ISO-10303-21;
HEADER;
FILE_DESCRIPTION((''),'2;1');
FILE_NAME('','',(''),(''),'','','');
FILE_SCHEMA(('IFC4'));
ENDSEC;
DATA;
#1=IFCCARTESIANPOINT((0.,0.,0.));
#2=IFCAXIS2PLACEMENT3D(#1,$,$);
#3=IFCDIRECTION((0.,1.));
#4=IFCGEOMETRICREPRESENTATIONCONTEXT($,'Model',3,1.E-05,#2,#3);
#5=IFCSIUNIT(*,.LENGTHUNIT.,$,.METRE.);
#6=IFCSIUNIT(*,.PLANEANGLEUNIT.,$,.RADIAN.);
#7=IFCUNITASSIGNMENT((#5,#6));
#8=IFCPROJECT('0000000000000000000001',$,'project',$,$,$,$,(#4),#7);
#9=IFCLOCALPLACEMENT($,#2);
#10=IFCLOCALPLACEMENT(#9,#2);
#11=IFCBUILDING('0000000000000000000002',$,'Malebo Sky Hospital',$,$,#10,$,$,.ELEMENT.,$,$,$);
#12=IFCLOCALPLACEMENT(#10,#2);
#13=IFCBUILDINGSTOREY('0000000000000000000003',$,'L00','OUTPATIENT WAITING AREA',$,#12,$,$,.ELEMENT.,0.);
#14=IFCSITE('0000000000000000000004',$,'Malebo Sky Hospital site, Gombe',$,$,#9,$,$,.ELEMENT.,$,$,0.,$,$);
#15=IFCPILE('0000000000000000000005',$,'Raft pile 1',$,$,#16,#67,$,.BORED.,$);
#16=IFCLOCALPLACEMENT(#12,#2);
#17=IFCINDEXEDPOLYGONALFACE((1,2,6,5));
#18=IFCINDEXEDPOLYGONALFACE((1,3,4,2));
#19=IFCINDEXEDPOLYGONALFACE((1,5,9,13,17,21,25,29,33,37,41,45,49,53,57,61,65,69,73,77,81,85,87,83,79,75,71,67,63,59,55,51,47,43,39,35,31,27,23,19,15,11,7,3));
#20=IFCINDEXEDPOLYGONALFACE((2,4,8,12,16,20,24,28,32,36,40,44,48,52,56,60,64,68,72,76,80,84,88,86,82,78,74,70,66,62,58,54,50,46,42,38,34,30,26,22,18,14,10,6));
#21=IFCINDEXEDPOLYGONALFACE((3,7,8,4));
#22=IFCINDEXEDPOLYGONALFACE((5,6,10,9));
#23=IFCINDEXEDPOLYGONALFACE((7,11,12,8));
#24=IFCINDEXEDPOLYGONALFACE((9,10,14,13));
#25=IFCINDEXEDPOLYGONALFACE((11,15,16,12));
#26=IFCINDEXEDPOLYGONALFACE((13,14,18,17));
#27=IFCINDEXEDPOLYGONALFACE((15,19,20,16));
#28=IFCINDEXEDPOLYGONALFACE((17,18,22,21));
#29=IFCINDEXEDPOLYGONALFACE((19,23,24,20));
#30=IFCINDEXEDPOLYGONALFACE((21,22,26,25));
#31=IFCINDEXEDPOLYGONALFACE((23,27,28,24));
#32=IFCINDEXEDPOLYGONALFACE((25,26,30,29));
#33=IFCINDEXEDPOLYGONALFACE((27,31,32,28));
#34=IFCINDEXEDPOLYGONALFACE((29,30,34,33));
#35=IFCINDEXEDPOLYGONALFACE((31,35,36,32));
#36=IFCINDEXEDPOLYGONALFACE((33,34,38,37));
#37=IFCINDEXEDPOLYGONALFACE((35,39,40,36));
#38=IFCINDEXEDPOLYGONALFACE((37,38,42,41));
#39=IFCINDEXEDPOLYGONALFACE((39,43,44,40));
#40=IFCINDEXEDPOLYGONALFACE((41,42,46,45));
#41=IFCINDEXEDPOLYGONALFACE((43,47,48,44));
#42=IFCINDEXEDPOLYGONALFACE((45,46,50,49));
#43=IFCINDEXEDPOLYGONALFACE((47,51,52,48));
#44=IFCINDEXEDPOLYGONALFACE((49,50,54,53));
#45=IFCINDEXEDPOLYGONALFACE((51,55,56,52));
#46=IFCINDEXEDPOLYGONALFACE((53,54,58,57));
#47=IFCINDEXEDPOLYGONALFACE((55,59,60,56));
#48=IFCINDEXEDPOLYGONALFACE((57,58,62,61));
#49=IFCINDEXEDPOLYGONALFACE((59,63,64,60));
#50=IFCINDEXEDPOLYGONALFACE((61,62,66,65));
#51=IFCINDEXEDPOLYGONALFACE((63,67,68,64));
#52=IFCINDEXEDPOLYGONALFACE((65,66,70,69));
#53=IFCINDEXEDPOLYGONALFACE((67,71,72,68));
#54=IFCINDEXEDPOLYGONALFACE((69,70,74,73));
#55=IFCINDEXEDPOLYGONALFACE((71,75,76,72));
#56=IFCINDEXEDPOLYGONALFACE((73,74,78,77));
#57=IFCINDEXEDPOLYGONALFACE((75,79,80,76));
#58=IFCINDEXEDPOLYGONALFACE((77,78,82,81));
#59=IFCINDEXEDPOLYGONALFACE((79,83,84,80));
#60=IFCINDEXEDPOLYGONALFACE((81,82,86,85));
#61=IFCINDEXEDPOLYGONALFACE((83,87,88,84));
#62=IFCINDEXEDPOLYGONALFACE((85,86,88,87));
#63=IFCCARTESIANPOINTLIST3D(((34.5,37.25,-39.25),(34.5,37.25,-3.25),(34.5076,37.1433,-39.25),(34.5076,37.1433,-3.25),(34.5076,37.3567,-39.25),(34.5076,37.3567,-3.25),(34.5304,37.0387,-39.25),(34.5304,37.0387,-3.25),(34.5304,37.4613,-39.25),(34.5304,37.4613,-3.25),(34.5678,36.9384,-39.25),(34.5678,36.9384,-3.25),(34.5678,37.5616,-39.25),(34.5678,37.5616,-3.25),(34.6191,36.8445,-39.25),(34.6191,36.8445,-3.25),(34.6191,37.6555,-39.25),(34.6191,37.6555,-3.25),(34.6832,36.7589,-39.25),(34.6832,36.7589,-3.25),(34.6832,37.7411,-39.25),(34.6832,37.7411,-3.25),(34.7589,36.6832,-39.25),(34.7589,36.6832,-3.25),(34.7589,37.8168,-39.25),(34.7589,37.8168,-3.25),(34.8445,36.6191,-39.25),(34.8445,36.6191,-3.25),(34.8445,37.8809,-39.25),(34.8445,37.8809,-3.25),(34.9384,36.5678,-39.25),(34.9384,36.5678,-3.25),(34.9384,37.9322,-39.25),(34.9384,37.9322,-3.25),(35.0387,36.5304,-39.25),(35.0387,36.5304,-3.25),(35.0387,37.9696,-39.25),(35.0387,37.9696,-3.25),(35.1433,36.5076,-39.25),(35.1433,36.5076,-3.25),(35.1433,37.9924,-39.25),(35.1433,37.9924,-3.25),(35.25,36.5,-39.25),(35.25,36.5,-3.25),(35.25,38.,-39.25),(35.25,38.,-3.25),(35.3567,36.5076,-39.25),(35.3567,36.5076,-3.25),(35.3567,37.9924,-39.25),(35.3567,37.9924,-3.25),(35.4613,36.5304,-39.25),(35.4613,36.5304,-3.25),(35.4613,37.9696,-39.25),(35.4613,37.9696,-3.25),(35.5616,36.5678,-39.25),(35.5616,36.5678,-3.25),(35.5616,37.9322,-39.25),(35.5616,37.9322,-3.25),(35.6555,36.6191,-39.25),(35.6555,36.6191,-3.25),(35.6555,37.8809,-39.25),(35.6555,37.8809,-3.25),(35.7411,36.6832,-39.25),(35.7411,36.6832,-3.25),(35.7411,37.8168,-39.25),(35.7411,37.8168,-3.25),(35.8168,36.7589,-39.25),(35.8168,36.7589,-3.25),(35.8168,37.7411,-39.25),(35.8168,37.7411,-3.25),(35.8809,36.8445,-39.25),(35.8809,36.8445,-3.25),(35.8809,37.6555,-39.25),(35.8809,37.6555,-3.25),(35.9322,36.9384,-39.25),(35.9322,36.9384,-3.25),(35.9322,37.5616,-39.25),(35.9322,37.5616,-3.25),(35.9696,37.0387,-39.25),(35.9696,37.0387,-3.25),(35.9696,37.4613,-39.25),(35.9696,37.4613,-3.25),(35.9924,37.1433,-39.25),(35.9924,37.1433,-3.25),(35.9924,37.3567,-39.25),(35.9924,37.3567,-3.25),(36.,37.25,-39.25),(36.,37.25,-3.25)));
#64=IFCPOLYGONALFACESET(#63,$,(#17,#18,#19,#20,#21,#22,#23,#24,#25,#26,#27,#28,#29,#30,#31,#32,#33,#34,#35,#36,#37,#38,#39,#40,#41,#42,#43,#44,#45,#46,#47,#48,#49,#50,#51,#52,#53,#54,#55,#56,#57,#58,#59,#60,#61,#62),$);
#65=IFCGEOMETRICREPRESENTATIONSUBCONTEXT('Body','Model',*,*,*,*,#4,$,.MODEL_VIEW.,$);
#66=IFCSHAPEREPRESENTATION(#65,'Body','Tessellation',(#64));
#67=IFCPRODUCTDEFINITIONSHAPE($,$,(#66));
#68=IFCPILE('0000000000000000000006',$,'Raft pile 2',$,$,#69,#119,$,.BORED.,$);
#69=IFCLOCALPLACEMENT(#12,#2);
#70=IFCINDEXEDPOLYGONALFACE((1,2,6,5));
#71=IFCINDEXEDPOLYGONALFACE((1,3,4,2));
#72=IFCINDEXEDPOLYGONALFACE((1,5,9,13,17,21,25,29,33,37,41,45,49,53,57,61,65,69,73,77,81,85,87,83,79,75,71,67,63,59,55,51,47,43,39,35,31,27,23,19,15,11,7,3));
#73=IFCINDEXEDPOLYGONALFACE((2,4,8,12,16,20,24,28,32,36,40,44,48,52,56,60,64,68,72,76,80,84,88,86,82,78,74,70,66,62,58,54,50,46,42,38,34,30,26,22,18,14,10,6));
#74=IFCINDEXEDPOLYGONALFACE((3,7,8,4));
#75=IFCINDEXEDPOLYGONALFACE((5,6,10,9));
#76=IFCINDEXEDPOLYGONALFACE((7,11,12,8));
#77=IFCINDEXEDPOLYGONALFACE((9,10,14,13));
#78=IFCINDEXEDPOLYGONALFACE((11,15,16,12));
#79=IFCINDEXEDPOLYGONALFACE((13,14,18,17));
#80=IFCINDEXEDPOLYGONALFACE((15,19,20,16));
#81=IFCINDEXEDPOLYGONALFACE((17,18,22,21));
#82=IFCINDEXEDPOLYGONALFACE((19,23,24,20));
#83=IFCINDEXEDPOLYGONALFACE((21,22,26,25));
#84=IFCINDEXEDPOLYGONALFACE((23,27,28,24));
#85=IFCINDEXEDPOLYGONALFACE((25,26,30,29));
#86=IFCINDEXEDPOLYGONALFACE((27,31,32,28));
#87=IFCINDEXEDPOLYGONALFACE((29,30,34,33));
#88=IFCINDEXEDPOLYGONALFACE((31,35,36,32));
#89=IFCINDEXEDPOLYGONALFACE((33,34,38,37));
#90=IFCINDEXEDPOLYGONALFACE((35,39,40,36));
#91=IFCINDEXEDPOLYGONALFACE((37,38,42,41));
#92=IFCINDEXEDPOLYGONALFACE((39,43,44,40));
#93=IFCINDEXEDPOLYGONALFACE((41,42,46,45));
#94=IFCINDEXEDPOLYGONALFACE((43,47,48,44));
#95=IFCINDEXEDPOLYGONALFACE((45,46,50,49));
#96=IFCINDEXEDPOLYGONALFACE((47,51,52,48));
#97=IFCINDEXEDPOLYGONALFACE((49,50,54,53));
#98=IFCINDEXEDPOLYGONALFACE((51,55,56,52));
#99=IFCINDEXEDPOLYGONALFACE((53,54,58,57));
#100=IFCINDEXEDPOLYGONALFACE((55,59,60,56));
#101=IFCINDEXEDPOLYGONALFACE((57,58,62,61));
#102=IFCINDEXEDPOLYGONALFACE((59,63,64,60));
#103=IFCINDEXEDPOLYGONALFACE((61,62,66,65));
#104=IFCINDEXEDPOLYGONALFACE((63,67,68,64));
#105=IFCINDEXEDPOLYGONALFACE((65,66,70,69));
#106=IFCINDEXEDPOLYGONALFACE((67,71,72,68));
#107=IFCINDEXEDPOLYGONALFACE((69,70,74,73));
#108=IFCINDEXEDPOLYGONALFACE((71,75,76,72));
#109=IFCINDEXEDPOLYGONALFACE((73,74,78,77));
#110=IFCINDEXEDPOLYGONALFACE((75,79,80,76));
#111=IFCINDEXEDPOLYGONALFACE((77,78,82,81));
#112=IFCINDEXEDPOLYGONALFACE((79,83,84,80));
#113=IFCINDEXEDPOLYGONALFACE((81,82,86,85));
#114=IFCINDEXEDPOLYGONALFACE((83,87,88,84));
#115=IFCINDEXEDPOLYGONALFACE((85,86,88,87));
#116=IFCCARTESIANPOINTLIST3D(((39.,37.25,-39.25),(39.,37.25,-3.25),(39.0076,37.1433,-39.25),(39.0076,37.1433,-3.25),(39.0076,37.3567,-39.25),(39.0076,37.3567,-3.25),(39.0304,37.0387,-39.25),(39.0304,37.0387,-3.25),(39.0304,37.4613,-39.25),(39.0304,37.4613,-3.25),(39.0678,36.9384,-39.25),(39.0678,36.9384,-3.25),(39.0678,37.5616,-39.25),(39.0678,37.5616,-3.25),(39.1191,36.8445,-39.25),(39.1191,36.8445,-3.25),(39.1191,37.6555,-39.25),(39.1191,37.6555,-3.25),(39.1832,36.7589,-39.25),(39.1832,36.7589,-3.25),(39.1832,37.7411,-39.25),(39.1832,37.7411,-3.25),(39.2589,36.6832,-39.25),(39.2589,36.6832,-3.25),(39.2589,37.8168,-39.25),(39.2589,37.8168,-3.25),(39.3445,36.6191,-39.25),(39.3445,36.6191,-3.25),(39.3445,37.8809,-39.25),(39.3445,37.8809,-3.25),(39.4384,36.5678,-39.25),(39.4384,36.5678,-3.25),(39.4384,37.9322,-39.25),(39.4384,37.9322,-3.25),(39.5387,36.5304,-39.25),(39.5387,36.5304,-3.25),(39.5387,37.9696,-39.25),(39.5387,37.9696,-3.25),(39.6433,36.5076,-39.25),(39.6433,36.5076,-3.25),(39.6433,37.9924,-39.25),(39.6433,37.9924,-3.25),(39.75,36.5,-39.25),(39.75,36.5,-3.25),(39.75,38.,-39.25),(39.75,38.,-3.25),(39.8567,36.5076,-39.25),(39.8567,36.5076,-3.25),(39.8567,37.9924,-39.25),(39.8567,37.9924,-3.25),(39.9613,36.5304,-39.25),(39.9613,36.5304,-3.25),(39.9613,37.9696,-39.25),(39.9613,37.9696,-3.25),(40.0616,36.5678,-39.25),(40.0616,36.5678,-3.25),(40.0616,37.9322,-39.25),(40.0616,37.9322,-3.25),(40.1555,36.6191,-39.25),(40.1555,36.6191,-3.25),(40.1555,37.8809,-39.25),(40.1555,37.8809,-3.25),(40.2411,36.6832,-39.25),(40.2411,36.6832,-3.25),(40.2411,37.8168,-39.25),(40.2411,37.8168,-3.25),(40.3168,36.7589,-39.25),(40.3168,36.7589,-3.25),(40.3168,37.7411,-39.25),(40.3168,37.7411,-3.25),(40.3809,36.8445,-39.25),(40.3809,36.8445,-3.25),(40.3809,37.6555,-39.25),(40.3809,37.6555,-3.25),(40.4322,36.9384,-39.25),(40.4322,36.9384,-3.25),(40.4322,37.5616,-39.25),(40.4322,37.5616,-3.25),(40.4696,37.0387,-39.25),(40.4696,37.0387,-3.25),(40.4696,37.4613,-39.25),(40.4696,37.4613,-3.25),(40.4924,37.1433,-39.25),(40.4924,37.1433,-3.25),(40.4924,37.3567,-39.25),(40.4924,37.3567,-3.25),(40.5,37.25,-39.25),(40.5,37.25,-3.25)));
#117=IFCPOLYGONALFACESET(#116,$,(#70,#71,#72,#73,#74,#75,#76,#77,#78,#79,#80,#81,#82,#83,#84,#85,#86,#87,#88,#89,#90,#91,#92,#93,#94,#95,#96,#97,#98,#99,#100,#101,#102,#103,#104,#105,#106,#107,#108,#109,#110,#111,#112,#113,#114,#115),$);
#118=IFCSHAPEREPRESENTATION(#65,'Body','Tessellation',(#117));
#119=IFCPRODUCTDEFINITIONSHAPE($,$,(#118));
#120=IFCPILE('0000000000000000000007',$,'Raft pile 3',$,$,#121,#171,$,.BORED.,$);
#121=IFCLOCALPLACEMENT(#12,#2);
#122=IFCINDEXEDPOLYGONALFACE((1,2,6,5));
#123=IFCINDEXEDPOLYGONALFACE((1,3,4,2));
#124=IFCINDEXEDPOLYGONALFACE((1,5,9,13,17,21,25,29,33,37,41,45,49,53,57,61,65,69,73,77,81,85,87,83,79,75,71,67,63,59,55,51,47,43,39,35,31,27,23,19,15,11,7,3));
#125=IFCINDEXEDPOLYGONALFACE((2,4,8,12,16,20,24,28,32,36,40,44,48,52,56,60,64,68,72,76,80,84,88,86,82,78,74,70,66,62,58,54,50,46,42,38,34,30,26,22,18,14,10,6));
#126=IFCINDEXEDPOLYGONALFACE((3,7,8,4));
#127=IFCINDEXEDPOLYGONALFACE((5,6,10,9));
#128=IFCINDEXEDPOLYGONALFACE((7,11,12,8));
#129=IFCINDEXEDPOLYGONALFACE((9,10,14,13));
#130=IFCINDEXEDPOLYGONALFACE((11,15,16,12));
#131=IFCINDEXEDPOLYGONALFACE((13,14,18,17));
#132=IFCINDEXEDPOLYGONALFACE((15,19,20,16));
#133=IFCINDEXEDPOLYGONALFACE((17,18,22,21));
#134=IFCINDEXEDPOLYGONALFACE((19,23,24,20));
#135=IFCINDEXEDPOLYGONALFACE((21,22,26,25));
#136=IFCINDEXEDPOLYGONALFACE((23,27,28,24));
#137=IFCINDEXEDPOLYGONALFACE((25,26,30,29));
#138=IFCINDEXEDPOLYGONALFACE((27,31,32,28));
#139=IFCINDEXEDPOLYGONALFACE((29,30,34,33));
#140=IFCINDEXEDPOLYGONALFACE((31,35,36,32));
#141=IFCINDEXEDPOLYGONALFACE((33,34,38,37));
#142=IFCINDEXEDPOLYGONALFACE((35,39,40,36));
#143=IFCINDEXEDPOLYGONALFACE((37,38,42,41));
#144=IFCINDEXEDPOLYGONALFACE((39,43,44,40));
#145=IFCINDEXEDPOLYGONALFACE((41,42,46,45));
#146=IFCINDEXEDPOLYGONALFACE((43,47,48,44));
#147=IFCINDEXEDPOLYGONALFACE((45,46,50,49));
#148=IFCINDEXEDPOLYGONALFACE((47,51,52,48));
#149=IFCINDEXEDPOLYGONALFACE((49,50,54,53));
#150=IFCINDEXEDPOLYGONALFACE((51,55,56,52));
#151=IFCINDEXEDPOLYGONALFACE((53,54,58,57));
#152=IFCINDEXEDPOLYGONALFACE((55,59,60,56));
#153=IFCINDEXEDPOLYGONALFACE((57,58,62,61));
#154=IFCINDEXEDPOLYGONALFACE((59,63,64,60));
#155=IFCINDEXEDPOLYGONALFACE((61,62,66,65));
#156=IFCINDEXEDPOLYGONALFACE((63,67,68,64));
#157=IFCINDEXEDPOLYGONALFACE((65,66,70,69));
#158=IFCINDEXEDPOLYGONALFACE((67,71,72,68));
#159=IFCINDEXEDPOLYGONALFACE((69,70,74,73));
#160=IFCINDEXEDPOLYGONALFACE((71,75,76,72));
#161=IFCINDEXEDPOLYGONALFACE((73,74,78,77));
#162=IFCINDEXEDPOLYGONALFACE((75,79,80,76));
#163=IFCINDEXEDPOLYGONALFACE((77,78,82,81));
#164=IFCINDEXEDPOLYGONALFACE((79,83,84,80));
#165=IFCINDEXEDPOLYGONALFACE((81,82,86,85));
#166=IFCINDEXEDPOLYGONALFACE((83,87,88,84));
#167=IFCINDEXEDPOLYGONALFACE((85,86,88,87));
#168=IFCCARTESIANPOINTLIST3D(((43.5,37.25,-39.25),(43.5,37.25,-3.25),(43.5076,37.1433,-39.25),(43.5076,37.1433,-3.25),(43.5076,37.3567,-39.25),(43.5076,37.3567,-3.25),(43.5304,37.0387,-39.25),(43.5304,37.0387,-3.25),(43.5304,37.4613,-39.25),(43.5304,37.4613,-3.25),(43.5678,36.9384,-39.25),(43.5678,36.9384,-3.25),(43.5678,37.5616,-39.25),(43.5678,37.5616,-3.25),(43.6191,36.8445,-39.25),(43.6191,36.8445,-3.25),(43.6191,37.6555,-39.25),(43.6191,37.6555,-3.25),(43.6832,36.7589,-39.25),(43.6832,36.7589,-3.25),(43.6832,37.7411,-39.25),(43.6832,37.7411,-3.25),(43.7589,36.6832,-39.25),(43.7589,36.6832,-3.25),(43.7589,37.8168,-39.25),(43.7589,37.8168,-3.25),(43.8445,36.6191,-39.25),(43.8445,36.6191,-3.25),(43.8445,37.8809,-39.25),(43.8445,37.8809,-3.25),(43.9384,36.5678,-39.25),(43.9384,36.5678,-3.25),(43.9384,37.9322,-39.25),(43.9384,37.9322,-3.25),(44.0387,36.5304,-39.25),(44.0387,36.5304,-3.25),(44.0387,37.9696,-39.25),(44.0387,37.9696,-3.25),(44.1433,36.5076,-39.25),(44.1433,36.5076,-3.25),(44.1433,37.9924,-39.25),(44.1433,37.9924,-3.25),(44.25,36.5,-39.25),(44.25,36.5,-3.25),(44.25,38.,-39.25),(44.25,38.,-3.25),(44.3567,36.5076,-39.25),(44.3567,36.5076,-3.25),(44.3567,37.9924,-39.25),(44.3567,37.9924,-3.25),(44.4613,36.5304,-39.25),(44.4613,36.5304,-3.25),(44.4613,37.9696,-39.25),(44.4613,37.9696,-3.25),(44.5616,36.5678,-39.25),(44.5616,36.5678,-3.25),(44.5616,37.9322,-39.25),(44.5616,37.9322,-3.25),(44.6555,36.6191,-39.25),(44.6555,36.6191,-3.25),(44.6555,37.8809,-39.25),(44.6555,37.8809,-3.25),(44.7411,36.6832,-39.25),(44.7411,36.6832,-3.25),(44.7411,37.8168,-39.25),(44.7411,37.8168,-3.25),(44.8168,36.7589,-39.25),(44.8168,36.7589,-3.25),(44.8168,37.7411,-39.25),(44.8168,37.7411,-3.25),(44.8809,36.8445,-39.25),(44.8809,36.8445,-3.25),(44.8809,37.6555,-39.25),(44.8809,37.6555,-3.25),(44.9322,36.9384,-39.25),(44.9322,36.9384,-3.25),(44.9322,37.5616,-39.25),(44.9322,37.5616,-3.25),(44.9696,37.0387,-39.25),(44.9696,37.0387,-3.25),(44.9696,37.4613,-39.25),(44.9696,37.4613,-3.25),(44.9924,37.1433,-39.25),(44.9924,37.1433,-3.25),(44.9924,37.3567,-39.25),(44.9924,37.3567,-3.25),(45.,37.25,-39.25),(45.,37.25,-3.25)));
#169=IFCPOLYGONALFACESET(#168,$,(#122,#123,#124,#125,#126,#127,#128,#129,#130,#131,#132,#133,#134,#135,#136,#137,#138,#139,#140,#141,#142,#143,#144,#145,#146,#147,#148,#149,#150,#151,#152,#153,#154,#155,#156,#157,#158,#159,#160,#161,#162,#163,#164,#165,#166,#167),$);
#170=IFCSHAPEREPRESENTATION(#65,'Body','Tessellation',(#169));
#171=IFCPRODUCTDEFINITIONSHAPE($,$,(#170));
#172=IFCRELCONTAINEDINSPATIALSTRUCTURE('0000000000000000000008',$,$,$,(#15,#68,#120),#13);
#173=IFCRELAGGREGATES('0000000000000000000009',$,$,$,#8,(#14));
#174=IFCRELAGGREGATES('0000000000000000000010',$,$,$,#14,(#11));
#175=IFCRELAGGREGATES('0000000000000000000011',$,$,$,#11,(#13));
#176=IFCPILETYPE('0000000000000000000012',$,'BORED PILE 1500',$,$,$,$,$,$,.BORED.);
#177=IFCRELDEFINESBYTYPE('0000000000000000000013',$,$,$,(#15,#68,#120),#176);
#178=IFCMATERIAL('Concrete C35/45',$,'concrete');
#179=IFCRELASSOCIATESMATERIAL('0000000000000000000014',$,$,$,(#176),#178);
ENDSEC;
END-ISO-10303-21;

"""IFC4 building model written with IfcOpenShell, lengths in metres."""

from ifc_helpers import new_model, si_unit, direction, frame, origin, origin_2d, place, context, subcontext, project, spatial, circle, extrude, material, material_profile, profile_set, type_object, element, save


model = new_model("IFC4")

# Units and contexts
model_context = context("Model", 3, precision=1e-05, world=origin(), true_north=direction((0.0, 1.0)))
body_context = subcontext(model_context, "Body", "Model", "MODEL_VIEW")
ifc_project = project(units=[si_unit("LENGTHUNIT", "METRE"), si_unit("PLANEANGLEUNIT", "RADIAN")], contexts=[model_context])

# Site, building, storey
site_placement = place(None, origin())
site = spatial("IfcSite", under=ifc_project, at=site_placement, Name="Malebo Sky Hospital site, Gombe", CompositionType="ELEMENT", RefElevation=0.0)
building_placement = place(site_placement, origin())
building = spatial("IfcBuilding", under=site, at=building_placement, Name="Malebo Sky Hospital", CompositionType="ELEMENT")
storey_placement = place(building_placement, origin())
storey = spatial("IfcBuildingStorey", under=building, at=storey_placement, Name="L00", Description="OUTPATIENT WAITING AREA", CompositionType="ELEMENT", Elevation=0.0)

# Piles
ifc_material_1 = material(Name="Concrete C35/45", Category="concrete")
ifc_material_profile_1 = material_profile(ifc_material_1, circle(Radius=0.75, at=origin_2d()), Name="BP 1500")
ifc_profile_set_1 = profile_set([ifc_material_profile_1], Name="Concrete C35/45")
pile_type = type_object("IfcPileType", Name="BORED PILE 1500", PredefinedType="BORED", material=ifc_profile_set_1)
for number, where, z_axis, x_axis, name in (
    (1, (35.25, 37.25, -3.25), (0.0, 0.0, -1.0), (1.0, 0.0, 0.0), "Raft pile 1"),
    (2, (39.75, 37.25, -3.25), (0.0, 0.0, -1.0), (1.0, 0.0, 0.0), "Raft pile 2"),
    (3, (44.25, 37.25, -3.25), (0.0, 0.0, -1.0), (1.0, 0.0, 0.0), "Raft pile 3"),
):
    element("IfcPile", number, at=place(storey_placement, frame(where, z_axis=z_axis, x_axis=x_axis)), inside=storey, type_object=pile_type, Name=name, PredefinedType="BORED", context=body_context, shape_type="SweptSolid", body=[
        extrude(circle(Radius=0.75, at=origin_2d()), origin(), (0.0, 0.0, 1.0), 36.0),
    ])

save(model, "model.ifc")
